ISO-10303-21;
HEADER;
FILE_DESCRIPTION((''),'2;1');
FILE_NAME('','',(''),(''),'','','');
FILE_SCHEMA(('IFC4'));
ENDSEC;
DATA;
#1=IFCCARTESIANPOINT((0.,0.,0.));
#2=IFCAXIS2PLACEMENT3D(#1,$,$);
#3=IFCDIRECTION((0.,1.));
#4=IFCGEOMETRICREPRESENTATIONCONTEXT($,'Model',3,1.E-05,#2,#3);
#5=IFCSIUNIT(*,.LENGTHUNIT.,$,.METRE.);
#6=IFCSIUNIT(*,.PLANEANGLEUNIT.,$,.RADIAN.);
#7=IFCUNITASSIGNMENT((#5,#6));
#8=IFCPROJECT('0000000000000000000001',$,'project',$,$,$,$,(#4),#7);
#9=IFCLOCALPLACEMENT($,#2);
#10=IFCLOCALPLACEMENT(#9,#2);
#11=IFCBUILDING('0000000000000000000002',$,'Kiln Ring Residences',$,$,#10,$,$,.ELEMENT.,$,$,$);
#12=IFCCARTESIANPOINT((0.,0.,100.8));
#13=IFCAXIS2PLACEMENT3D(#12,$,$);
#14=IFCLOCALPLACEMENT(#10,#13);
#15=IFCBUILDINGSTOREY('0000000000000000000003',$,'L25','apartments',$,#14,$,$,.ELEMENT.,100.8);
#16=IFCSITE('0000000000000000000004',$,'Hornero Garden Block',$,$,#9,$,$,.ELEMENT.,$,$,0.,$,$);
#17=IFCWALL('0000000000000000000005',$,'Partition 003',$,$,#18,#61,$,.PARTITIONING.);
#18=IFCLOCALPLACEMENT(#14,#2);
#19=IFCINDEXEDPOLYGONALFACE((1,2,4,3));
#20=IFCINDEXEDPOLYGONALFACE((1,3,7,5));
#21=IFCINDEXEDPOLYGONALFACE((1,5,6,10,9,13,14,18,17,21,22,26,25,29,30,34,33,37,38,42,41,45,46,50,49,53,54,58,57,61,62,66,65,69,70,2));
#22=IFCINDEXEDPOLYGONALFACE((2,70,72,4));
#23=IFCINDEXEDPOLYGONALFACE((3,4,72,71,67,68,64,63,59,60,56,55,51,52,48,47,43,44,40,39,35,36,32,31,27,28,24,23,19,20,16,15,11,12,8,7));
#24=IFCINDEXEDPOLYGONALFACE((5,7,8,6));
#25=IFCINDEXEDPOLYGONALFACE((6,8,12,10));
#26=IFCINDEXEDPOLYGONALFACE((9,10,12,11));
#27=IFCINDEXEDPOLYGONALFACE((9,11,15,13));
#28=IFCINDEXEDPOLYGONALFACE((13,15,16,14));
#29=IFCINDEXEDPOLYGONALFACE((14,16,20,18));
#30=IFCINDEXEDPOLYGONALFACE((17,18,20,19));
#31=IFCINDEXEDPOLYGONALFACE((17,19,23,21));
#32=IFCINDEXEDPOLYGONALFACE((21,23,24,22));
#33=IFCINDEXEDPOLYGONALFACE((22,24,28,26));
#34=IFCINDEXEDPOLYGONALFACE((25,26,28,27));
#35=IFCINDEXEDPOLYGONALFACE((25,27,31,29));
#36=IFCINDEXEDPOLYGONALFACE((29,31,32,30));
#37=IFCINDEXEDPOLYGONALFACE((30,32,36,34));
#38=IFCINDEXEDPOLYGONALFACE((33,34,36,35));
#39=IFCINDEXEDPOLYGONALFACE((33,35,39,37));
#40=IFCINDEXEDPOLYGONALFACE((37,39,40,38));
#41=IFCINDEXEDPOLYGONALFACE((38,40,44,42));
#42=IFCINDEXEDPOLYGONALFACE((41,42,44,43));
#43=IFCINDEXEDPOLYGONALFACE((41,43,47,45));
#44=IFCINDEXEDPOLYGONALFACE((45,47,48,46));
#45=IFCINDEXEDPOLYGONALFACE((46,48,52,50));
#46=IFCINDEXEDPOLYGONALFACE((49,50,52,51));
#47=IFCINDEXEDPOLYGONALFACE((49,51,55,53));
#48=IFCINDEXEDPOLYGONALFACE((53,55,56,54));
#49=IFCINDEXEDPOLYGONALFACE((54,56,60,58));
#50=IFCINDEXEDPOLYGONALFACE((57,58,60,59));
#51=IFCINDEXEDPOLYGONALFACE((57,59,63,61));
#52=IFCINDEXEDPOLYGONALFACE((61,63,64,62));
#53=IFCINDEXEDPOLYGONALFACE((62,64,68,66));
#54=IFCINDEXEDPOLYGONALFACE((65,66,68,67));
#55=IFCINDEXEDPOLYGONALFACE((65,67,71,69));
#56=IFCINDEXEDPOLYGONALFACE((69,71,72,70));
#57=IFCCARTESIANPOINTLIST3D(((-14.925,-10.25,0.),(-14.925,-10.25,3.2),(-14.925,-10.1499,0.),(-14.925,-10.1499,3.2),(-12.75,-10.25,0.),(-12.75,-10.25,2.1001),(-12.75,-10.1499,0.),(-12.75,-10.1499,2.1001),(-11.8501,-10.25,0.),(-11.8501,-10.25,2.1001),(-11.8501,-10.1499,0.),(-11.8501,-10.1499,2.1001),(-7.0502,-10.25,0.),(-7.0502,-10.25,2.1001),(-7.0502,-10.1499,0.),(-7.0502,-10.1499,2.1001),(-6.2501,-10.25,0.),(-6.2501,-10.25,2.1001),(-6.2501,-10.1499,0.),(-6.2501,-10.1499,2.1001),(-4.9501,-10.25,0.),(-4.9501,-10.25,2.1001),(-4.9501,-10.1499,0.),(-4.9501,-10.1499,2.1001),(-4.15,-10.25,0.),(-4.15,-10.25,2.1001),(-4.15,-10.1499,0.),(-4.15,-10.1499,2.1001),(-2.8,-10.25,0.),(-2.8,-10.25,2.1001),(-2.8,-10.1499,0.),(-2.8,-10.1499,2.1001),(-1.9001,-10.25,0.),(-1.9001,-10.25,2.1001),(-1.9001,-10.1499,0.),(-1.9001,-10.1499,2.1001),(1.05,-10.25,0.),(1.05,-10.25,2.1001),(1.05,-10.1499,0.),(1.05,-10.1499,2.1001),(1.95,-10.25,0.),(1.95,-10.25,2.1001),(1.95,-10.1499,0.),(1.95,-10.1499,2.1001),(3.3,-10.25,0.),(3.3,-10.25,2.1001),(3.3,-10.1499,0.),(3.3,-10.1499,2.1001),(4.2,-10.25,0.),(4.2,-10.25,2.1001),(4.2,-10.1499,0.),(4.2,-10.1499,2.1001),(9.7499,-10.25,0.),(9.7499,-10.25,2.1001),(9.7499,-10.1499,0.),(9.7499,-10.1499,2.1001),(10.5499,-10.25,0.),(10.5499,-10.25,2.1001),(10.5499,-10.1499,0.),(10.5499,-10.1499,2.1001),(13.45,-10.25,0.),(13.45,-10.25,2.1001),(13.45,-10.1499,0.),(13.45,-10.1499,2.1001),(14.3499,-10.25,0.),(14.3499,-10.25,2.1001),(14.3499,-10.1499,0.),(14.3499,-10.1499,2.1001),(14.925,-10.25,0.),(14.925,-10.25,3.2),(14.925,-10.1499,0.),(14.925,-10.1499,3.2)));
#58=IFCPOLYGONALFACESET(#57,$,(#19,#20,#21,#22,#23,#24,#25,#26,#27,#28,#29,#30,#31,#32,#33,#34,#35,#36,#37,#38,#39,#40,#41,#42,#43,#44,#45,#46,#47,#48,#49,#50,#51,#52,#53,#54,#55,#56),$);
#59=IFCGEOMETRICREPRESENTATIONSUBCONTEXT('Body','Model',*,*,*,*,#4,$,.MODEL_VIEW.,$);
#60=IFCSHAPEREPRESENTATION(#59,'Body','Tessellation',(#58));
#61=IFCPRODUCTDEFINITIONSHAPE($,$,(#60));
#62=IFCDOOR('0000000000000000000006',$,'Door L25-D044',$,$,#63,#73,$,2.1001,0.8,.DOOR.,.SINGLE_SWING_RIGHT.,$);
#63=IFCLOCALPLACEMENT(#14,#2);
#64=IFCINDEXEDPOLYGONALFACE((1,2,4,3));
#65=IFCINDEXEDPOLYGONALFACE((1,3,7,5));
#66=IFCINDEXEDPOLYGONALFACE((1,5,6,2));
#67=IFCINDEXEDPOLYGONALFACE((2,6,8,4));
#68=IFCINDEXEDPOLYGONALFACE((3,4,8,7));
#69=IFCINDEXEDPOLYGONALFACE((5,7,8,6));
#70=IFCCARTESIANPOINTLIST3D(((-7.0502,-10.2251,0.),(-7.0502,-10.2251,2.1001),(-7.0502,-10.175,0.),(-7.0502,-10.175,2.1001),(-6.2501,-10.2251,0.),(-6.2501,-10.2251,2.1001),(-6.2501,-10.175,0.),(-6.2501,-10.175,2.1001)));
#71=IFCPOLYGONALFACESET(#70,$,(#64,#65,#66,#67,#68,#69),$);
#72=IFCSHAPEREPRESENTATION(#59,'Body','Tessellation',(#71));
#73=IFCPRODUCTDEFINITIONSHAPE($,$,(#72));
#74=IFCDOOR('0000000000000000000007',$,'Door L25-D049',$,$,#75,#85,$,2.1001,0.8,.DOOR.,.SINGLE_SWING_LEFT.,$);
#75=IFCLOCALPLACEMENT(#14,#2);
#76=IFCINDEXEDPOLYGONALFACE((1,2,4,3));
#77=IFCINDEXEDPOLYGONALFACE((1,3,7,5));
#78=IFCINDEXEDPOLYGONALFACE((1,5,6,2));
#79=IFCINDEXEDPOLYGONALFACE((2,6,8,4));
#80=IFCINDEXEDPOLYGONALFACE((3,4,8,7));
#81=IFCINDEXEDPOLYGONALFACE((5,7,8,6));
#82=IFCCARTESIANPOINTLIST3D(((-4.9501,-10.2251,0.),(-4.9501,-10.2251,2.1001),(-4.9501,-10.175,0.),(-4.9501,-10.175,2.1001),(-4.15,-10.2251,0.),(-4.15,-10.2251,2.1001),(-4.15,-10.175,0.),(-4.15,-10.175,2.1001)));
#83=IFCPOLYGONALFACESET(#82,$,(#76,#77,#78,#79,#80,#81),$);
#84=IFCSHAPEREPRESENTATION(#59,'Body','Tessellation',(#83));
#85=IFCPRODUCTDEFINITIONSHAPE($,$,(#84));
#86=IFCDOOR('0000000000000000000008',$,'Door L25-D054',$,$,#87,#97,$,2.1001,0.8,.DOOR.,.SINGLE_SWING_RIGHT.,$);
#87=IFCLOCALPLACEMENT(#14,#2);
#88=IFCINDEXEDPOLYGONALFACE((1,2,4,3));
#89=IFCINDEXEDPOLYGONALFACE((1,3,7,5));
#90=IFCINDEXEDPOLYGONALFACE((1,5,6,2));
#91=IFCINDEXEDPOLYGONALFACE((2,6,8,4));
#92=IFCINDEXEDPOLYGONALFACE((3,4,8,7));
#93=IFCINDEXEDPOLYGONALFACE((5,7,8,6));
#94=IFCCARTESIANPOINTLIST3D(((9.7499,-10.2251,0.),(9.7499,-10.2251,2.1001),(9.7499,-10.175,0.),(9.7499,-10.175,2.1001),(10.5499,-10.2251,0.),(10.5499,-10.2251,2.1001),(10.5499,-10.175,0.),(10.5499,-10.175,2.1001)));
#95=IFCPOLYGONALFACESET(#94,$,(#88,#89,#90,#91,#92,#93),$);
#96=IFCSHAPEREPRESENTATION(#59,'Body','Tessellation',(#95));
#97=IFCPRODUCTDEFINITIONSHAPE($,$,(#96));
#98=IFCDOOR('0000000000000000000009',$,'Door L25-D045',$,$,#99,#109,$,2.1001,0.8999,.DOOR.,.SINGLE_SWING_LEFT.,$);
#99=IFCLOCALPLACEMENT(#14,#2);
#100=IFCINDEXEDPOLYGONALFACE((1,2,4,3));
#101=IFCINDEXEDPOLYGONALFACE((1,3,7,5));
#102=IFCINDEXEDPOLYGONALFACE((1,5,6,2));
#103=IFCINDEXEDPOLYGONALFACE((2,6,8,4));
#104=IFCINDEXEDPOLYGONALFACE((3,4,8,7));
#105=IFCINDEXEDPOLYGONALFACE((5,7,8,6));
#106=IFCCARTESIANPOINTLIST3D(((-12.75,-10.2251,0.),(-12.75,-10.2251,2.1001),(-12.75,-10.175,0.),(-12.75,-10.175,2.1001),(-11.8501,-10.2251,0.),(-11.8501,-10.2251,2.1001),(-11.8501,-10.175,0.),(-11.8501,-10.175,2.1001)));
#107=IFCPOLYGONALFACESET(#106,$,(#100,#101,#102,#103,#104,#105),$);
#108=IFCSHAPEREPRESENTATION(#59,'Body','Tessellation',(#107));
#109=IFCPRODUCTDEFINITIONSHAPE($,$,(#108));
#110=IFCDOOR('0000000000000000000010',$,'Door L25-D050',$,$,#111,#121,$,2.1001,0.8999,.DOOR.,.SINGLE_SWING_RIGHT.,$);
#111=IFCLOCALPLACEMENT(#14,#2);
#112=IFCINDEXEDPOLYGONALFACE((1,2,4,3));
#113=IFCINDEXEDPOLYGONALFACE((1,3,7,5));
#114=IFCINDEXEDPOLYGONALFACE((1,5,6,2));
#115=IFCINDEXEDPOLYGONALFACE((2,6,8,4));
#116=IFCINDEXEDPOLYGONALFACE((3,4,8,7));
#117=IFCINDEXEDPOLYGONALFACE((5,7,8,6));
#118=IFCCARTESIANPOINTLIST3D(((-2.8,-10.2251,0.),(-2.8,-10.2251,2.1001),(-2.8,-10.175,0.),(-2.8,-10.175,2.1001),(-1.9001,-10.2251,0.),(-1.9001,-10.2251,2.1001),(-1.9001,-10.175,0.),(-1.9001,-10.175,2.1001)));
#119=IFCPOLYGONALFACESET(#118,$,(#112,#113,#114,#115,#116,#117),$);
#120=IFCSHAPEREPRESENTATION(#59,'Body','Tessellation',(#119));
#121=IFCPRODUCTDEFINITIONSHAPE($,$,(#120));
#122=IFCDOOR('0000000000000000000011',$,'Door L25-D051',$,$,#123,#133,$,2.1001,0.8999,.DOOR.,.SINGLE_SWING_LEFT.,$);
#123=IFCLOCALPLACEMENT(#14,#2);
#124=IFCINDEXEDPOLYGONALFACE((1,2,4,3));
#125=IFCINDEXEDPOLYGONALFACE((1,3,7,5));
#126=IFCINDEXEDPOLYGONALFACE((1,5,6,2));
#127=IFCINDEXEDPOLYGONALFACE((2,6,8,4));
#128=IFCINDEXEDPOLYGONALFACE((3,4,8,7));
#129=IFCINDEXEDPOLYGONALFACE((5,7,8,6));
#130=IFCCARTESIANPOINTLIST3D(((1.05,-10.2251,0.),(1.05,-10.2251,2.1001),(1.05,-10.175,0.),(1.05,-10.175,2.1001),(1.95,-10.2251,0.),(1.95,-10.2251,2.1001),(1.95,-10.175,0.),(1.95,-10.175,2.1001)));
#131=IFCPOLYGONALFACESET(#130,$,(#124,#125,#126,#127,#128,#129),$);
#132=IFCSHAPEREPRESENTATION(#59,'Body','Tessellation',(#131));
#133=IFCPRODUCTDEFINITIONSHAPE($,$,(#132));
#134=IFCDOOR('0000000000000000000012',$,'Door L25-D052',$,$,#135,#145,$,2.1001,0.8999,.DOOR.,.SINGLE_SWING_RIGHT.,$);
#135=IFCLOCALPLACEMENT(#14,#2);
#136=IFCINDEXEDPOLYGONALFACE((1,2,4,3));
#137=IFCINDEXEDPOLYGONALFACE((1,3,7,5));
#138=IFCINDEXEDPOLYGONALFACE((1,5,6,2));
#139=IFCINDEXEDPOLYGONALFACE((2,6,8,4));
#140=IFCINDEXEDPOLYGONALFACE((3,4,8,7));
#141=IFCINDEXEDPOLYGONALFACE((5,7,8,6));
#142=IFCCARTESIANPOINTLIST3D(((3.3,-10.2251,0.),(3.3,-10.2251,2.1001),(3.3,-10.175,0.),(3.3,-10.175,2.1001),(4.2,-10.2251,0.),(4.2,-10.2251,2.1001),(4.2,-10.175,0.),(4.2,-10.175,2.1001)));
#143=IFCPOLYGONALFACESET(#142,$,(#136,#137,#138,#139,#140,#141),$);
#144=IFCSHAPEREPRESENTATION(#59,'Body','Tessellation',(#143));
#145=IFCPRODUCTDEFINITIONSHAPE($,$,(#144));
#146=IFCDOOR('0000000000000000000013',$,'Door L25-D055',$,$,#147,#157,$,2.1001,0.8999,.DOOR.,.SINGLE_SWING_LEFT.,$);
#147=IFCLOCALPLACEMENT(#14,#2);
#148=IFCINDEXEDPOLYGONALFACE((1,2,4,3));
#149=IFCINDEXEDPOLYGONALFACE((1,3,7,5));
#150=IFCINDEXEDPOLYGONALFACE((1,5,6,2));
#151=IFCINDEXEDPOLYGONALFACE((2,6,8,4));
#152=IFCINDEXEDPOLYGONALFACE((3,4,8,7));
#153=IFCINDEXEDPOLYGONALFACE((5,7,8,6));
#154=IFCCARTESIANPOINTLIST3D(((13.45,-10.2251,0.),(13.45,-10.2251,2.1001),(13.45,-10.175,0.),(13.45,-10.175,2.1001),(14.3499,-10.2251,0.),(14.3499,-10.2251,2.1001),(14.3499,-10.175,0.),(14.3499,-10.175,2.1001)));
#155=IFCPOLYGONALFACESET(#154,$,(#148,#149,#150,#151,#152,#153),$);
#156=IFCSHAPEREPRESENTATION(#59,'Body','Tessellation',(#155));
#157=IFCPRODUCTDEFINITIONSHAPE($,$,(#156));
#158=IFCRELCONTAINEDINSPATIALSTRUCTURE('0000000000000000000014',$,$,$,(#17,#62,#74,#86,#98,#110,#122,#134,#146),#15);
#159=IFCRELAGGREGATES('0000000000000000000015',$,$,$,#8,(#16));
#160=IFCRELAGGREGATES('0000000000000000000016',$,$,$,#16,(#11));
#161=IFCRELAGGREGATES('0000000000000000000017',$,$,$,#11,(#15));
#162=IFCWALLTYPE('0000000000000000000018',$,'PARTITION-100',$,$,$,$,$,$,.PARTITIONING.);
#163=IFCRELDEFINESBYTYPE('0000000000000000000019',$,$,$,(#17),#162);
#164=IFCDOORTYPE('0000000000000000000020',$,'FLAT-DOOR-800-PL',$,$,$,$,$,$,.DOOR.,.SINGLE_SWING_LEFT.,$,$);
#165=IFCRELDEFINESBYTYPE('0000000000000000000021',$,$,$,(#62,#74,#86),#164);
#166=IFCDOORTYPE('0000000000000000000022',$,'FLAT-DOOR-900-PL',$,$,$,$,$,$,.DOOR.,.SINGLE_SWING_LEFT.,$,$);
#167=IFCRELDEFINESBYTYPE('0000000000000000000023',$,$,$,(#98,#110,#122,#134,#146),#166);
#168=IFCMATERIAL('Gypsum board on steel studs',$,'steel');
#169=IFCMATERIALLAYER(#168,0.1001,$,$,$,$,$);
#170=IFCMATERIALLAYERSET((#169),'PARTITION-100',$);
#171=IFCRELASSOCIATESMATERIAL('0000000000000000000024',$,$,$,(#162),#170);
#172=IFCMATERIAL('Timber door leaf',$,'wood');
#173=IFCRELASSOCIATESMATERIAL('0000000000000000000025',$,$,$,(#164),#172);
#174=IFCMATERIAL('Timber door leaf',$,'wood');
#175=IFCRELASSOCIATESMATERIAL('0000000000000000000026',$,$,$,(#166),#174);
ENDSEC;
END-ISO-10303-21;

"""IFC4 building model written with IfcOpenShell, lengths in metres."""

from ifc_helpers import new_model, si_unit, direction, frame, frame_2d, origin, place, context, subcontext, project, spatial, rectangle, extrude, material, layer, layer_set, type_object, element, fill, save


model = new_model("IFC4")

# Units and contexts
model_context = context("Model", 3, precision=1e-05, world=origin(), true_north=direction((0.0, 1.0)))
body_context = subcontext(model_context, "Body", "Model", "MODEL_VIEW")
ifc_project = project(units=[si_unit("LENGTHUNIT", "METRE"), si_unit("PLANEANGLEUNIT", "RADIAN")], contexts=[model_context])

# Site, building, storey
site_placement = place(None, origin())
site = spatial("IfcSite", under=ifc_project, at=site_placement, Name="Hornero Garden Block", CompositionType="ELEMENT", RefElevation=0.0)
building_placement = place(site_placement, origin())
building = spatial("IfcBuilding", under=site, at=building_placement, Name="Kiln Ring Residences", CompositionType="ELEMENT")
storey_placement = place(building_placement, frame((0.0, 0.0, 100.8)))
storey = spatial("IfcBuildingStorey", under=building, at=storey_placement, Name="L25", Description="apartments", CompositionType="ELEMENT", Elevation=100.8)

# Wall, openings, doors
ifc_material_1 = material(Name="Gypsum board on steel studs", Category="steel")
ifc_layer_1 = layer(ifc_material_1, 0.1001)
ifc_layer_set_1 = layer_set([ifc_layer_1], Name="PARTITION-100")
wall_type_1 = type_object("IfcWallType", Name="PARTITION-100", PredefinedType="PARTITIONING", material=ifc_layer_set_1)
wall_1_placement = place(storey_placement, frame((-14.925, -10.2, 0.0), z_axis=(0.0, 0.0, 1.0), x_axis=(1.0, 0.0, 0.0)))
wall_1 = element("IfcWall", 1, at=wall_1_placement, inside=storey, type_object=wall_type_1, Name="Partition 003", PredefinedType="PARTITIONING", context=body_context, shape_type="SweptSolid", body=[
    extrude(rectangle(XDim=29.8501, YDim=0.1001, at=frame_2d((14.925, 0.0))), origin(), (0.0, 0.0, 1.0), 3.2),
])
opening_1_placement = place(wall_1_placement, frame((7.875, 0.0, 0.0)))
opening_1 = element("IfcOpeningElement", 2, at=opening_1_placement, cuts=wall_1, PredefinedType="OPENING", context=body_context, shape_type="SweptSolid", body=[
    extrude(rectangle(XDim=0.8, YDim=2.1001, at=frame_2d((0.3999, 1.05))), frame((0.0, 0.0601, 0.0), z_axis=(0.0, -1.0, 0.0), x_axis=(1.0, 0.0, 0.0)), (0.0, 0.0, 1.0), 0.1201),
])
opening_2_placement = place(wall_1_placement, frame((2.175, 0.0, 0.0)))
opening_2 = element("IfcOpeningElement", 3, at=opening_2_placement, cuts=wall_1, PredefinedType="OPENING", context=body_context, shape_type="SweptSolid", body=[
    extrude(rectangle(XDim=0.8999, YDim=2.1001, at=frame_2d((0.45, 1.05))), frame((0.0, 0.0601, 0.0), z_axis=(0.0, -1.0, 0.0), x_axis=(1.0, 0.0, 0.0)), (0.0, 0.0, 1.0), 0.1201),
])
opening_3_placement = place(wall_1_placement, frame((9.9751, 0.0, 0.0)))
opening_3 = element("IfcOpeningElement", 4, at=opening_3_placement, cuts=wall_1, PredefinedType="OPENING", context=body_context, shape_type="SweptSolid", body=[
    extrude(rectangle(XDim=0.8, YDim=2.1001, at=frame_2d((0.3999, 1.05))), frame((0.0, 0.0601, 0.0), z_axis=(0.0, -1.0, 0.0), x_axis=(1.0, 0.0, 0.0)), (0.0, 0.0, 1.0), 0.1201),
])
opening_4_placement = place(wall_1_placement, frame((12.125, 0.0, 0.0)))
opening_4 = element("IfcOpeningElement", 5, at=opening_4_placement, cuts=wall_1, PredefinedType="OPENING", context=body_context, shape_type="SweptSolid", body=[
    extrude(rectangle(XDim=0.8999, YDim=2.1001, at=frame_2d((0.45, 1.05))), frame((0.0, 0.0601, 0.0), z_axis=(0.0, -1.0, 0.0), x_axis=(1.0, 0.0, 0.0)), (0.0, 0.0, 1.0), 0.1201),
])
opening_5_placement = place(wall_1_placement, frame((15.9751, 0.0, 0.0)))
opening_5 = element("IfcOpeningElement", 6, at=opening_5_placement, cuts=wall_1, PredefinedType="OPENING", context=body_context, shape_type="SweptSolid", body=[
    extrude(rectangle(XDim=0.8999, YDim=2.1001, at=frame_2d((0.45, 1.05))), frame((0.0, 0.0601, 0.0), z_axis=(0.0, -1.0, 0.0), x_axis=(1.0, 0.0, 0.0)), (0.0, 0.0, 1.0), 0.1201),
])
opening_6_placement = place(wall_1_placement, frame((18.2251, 0.0, 0.0)))
opening_6 = element("IfcOpeningElement", 7, at=opening_6_placement, cuts=wall_1, PredefinedType="OPENING", context=body_context, shape_type="SweptSolid", body=[
    extrude(rectangle(XDim=0.8999, YDim=2.1001, at=frame_2d((0.45, 1.05))), frame((0.0, 0.0601, 0.0), z_axis=(0.0, -1.0, 0.0), x_axis=(1.0, 0.0, 0.0)), (0.0, 0.0, 1.0), 0.1201),
])
opening_7_placement = place(wall_1_placement, frame((24.675, 0.0, 0.0)))
opening_7 = element("IfcOpeningElement", 8, at=opening_7_placement, cuts=wall_1, PredefinedType="OPENING", context=body_context, shape_type="SweptSolid", body=[
    extrude(rectangle(XDim=0.8, YDim=2.1001, at=frame_2d((0.3999, 1.05))), frame((0.0, 0.0601, 0.0), z_axis=(0.0, -1.0, 0.0), x_axis=(1.0, 0.0, 0.0)), (0.0, 0.0, 1.0), 0.1201),
])
opening_8_placement = place(wall_1_placement, frame((28.375, 0.0, 0.0)))
opening_8 = element("IfcOpeningElement", 9, at=opening_8_placement, cuts=wall_1, PredefinedType="OPENING", context=body_context, shape_type="SweptSolid", body=[
    extrude(rectangle(XDim=0.8999, YDim=2.1001, at=frame_2d((0.45, 1.05))), frame((0.0, 0.0601, 0.0), z_axis=(0.0, -1.0, 0.0), x_axis=(1.0, 0.0, 0.0)), (0.0, 0.0, 1.0), 0.1201),
])
ifc_material_2 = material(Name="Timber door leaf", Category="wood")
door_type_1 = type_object("IfcDoorType", Name="FLAT-DOOR-800-PL", OperationType="SINGLE_SWING_LEFT", PredefinedType="DOOR", material=ifc_material_2)
door_1_placement = place(opening_1_placement, origin())
door_1 = element("IfcDoor", 10, at=door_1_placement, inside=storey, type_object=door_type_1, Name="Door L25-D044", OperationType="SINGLE_SWING_RIGHT", OverallHeight=2.1001, OverallWidth=0.8, PredefinedType="DOOR", context=body_context, shape_type="SweptSolid", body=[
    extrude(rectangle(XDim=0.8, YDim=2.1001, at=frame_2d((0.3999, 1.05))), frame((0.0, 0.0249, 0.0), z_axis=(0.0, -1.0, 0.0), x_axis=(1.0, 0.0, 0.0)), (0.0, 0.0, 1.0), 0.05),
])
fill(opening_1, door_1)
door_2_placement = place(opening_3_placement, origin())
door_2 = element("IfcDoor", 11, at=door_2_placement, inside=storey, type_object=door_type_1, Name="Door L25-D049", OperationType="SINGLE_SWING_LEFT", OverallHeight=2.1001, OverallWidth=0.8, PredefinedType="DOOR", context=body_context, shape_type="SweptSolid", body=[
    extrude(rectangle(XDim=0.8, YDim=2.1001, at=frame_2d((0.3999, 1.05))), frame((0.0, 0.0249, 0.0), z_axis=(0.0, -1.0, 0.0), x_axis=(1.0, 0.0, 0.0)), (0.0, 0.0, 1.0), 0.05),
])
fill(opening_3, door_2)
door_3_placement = place(opening_7_placement, origin())
door_3 = element("IfcDoor", 12, at=door_3_placement, inside=storey, type_object=door_type_1, Name="Door L25-D054", OperationType="SINGLE_SWING_RIGHT", OverallHeight=2.1001, OverallWidth=0.8, PredefinedType="DOOR", context=body_context, shape_type="SweptSolid", body=[
    extrude(rectangle(XDim=0.8, YDim=2.1001, at=frame_2d((0.3999, 1.05))), frame((0.0, 0.0249, 0.0), z_axis=(0.0, -1.0, 0.0), x_axis=(1.0, 0.0, 0.0)), (0.0, 0.0, 1.0), 0.05),
])
fill(opening_7, door_3)
ifc_material_3 = material(Name="Timber door leaf", Category="wood")
door_type_2 = type_object("IfcDoorType", Name="FLAT-DOOR-900-PL", OperationType="SINGLE_SWING_LEFT", PredefinedType="DOOR", material=ifc_material_3)
door_4_placement = place(opening_2_placement, origin())
door_4 = element("IfcDoor", 13, at=door_4_placement, inside=storey, type_object=door_type_2, Name="Door L25-D045", OperationType="SINGLE_SWING_LEFT", OverallHeight=2.1001, OverallWidth=0.8999, PredefinedType="DOOR", context=body_context, shape_type="SweptSolid", body=[
    extrude(rectangle(XDim=0.8999, YDim=2.1001, at=frame_2d((0.45, 1.05))), frame((0.0, 0.0249, 0.0), z_axis=(0.0, -1.0, 0.0), x_axis=(1.0, 0.0, 0.0)), (0.0, 0.0, 1.0), 0.05),
])
fill(opening_2, door_4)
door_5_placement = place(opening_4_placement, origin())
door_5 = element("IfcDoor", 14, at=door_5_placement, inside=storey, type_object=door_type_2, Name="Door L25-D050", OperationType="SINGLE_SWING_RIGHT", OverallHeight=2.1001, OverallWidth=0.8999, PredefinedType="DOOR", context=body_context, shape_type="SweptSolid", body=[
    extrude(rectangle(XDim=0.8999, YDim=2.1001, at=frame_2d((0.45, 1.05))), frame((0.0, 0.0249, 0.0), z_axis=(0.0, -1.0, 0.0), x_axis=(1.0, 0.0, 0.0)), (0.0, 0.0, 1.0), 0.05),
])
fill(opening_4, door_5)
door_6_placement = place(opening_5_placement, origin())
door_6 = element("IfcDoor", 15, at=door_6_placement, inside=storey, type_object=door_type_2, Name="Door L25-D051", OperationType="SINGLE_SWING_LEFT", OverallHeight=2.1001, OverallWidth=0.8999, PredefinedType="DOOR", context=body_context, shape_type="SweptSolid", body=[
    extrude(rectangle(XDim=0.8999, YDim=2.1001, at=frame_2d((0.45, 1.05))), frame((0.0, 0.0249, 0.0), z_axis=(0.0, -1.0, 0.0), x_axis=(1.0, 0.0, 0.0)), (0.0, 0.0, 1.0), 0.05),
])
fill(opening_5, door_6)
door_7_placement = place(opening_6_placement, origin())
door_7 = element("IfcDoor", 16, at=door_7_placement, inside=storey, type_object=door_type_2, Name="Door L25-D052", OperationType="SINGLE_SWING_RIGHT", OverallHeight=2.1001, OverallWidth=0.8999, PredefinedType="DOOR", context=body_context, shape_type="SweptSolid", body=[
    extrude(rectangle(XDim=0.8999, YDim=2.1001, at=frame_2d((0.45, 1.05))), frame((0.0, 0.0249, 0.0), z_axis=(0.0, -1.0, 0.0), x_axis=(1.0, 0.0, 0.0)), (0.0, 0.0, 1.0), 0.05),
])
fill(opening_6, door_7)
door_8_placement = place(opening_8_placement, origin())
door_8 = element("IfcDoor", 17, at=door_8_placement, inside=storey, type_object=door_type_2, Name="Door L25-D055", OperationType="SINGLE_SWING_LEFT", OverallHeight=2.1001, OverallWidth=0.8999, PredefinedType="DOOR", context=body_context, shape_type="SweptSolid", body=[
    extrude(rectangle(XDim=0.8999, YDim=2.1001, at=frame_2d((0.45, 1.05))), frame((0.0, 0.0249, 0.0), z_axis=(0.0, -1.0, 0.0), x_axis=(1.0, 0.0, 0.0)), (0.0, 0.0, 1.0), 0.05),
])
fill(opening_8, door_8)

save(model, "model.ifc")
